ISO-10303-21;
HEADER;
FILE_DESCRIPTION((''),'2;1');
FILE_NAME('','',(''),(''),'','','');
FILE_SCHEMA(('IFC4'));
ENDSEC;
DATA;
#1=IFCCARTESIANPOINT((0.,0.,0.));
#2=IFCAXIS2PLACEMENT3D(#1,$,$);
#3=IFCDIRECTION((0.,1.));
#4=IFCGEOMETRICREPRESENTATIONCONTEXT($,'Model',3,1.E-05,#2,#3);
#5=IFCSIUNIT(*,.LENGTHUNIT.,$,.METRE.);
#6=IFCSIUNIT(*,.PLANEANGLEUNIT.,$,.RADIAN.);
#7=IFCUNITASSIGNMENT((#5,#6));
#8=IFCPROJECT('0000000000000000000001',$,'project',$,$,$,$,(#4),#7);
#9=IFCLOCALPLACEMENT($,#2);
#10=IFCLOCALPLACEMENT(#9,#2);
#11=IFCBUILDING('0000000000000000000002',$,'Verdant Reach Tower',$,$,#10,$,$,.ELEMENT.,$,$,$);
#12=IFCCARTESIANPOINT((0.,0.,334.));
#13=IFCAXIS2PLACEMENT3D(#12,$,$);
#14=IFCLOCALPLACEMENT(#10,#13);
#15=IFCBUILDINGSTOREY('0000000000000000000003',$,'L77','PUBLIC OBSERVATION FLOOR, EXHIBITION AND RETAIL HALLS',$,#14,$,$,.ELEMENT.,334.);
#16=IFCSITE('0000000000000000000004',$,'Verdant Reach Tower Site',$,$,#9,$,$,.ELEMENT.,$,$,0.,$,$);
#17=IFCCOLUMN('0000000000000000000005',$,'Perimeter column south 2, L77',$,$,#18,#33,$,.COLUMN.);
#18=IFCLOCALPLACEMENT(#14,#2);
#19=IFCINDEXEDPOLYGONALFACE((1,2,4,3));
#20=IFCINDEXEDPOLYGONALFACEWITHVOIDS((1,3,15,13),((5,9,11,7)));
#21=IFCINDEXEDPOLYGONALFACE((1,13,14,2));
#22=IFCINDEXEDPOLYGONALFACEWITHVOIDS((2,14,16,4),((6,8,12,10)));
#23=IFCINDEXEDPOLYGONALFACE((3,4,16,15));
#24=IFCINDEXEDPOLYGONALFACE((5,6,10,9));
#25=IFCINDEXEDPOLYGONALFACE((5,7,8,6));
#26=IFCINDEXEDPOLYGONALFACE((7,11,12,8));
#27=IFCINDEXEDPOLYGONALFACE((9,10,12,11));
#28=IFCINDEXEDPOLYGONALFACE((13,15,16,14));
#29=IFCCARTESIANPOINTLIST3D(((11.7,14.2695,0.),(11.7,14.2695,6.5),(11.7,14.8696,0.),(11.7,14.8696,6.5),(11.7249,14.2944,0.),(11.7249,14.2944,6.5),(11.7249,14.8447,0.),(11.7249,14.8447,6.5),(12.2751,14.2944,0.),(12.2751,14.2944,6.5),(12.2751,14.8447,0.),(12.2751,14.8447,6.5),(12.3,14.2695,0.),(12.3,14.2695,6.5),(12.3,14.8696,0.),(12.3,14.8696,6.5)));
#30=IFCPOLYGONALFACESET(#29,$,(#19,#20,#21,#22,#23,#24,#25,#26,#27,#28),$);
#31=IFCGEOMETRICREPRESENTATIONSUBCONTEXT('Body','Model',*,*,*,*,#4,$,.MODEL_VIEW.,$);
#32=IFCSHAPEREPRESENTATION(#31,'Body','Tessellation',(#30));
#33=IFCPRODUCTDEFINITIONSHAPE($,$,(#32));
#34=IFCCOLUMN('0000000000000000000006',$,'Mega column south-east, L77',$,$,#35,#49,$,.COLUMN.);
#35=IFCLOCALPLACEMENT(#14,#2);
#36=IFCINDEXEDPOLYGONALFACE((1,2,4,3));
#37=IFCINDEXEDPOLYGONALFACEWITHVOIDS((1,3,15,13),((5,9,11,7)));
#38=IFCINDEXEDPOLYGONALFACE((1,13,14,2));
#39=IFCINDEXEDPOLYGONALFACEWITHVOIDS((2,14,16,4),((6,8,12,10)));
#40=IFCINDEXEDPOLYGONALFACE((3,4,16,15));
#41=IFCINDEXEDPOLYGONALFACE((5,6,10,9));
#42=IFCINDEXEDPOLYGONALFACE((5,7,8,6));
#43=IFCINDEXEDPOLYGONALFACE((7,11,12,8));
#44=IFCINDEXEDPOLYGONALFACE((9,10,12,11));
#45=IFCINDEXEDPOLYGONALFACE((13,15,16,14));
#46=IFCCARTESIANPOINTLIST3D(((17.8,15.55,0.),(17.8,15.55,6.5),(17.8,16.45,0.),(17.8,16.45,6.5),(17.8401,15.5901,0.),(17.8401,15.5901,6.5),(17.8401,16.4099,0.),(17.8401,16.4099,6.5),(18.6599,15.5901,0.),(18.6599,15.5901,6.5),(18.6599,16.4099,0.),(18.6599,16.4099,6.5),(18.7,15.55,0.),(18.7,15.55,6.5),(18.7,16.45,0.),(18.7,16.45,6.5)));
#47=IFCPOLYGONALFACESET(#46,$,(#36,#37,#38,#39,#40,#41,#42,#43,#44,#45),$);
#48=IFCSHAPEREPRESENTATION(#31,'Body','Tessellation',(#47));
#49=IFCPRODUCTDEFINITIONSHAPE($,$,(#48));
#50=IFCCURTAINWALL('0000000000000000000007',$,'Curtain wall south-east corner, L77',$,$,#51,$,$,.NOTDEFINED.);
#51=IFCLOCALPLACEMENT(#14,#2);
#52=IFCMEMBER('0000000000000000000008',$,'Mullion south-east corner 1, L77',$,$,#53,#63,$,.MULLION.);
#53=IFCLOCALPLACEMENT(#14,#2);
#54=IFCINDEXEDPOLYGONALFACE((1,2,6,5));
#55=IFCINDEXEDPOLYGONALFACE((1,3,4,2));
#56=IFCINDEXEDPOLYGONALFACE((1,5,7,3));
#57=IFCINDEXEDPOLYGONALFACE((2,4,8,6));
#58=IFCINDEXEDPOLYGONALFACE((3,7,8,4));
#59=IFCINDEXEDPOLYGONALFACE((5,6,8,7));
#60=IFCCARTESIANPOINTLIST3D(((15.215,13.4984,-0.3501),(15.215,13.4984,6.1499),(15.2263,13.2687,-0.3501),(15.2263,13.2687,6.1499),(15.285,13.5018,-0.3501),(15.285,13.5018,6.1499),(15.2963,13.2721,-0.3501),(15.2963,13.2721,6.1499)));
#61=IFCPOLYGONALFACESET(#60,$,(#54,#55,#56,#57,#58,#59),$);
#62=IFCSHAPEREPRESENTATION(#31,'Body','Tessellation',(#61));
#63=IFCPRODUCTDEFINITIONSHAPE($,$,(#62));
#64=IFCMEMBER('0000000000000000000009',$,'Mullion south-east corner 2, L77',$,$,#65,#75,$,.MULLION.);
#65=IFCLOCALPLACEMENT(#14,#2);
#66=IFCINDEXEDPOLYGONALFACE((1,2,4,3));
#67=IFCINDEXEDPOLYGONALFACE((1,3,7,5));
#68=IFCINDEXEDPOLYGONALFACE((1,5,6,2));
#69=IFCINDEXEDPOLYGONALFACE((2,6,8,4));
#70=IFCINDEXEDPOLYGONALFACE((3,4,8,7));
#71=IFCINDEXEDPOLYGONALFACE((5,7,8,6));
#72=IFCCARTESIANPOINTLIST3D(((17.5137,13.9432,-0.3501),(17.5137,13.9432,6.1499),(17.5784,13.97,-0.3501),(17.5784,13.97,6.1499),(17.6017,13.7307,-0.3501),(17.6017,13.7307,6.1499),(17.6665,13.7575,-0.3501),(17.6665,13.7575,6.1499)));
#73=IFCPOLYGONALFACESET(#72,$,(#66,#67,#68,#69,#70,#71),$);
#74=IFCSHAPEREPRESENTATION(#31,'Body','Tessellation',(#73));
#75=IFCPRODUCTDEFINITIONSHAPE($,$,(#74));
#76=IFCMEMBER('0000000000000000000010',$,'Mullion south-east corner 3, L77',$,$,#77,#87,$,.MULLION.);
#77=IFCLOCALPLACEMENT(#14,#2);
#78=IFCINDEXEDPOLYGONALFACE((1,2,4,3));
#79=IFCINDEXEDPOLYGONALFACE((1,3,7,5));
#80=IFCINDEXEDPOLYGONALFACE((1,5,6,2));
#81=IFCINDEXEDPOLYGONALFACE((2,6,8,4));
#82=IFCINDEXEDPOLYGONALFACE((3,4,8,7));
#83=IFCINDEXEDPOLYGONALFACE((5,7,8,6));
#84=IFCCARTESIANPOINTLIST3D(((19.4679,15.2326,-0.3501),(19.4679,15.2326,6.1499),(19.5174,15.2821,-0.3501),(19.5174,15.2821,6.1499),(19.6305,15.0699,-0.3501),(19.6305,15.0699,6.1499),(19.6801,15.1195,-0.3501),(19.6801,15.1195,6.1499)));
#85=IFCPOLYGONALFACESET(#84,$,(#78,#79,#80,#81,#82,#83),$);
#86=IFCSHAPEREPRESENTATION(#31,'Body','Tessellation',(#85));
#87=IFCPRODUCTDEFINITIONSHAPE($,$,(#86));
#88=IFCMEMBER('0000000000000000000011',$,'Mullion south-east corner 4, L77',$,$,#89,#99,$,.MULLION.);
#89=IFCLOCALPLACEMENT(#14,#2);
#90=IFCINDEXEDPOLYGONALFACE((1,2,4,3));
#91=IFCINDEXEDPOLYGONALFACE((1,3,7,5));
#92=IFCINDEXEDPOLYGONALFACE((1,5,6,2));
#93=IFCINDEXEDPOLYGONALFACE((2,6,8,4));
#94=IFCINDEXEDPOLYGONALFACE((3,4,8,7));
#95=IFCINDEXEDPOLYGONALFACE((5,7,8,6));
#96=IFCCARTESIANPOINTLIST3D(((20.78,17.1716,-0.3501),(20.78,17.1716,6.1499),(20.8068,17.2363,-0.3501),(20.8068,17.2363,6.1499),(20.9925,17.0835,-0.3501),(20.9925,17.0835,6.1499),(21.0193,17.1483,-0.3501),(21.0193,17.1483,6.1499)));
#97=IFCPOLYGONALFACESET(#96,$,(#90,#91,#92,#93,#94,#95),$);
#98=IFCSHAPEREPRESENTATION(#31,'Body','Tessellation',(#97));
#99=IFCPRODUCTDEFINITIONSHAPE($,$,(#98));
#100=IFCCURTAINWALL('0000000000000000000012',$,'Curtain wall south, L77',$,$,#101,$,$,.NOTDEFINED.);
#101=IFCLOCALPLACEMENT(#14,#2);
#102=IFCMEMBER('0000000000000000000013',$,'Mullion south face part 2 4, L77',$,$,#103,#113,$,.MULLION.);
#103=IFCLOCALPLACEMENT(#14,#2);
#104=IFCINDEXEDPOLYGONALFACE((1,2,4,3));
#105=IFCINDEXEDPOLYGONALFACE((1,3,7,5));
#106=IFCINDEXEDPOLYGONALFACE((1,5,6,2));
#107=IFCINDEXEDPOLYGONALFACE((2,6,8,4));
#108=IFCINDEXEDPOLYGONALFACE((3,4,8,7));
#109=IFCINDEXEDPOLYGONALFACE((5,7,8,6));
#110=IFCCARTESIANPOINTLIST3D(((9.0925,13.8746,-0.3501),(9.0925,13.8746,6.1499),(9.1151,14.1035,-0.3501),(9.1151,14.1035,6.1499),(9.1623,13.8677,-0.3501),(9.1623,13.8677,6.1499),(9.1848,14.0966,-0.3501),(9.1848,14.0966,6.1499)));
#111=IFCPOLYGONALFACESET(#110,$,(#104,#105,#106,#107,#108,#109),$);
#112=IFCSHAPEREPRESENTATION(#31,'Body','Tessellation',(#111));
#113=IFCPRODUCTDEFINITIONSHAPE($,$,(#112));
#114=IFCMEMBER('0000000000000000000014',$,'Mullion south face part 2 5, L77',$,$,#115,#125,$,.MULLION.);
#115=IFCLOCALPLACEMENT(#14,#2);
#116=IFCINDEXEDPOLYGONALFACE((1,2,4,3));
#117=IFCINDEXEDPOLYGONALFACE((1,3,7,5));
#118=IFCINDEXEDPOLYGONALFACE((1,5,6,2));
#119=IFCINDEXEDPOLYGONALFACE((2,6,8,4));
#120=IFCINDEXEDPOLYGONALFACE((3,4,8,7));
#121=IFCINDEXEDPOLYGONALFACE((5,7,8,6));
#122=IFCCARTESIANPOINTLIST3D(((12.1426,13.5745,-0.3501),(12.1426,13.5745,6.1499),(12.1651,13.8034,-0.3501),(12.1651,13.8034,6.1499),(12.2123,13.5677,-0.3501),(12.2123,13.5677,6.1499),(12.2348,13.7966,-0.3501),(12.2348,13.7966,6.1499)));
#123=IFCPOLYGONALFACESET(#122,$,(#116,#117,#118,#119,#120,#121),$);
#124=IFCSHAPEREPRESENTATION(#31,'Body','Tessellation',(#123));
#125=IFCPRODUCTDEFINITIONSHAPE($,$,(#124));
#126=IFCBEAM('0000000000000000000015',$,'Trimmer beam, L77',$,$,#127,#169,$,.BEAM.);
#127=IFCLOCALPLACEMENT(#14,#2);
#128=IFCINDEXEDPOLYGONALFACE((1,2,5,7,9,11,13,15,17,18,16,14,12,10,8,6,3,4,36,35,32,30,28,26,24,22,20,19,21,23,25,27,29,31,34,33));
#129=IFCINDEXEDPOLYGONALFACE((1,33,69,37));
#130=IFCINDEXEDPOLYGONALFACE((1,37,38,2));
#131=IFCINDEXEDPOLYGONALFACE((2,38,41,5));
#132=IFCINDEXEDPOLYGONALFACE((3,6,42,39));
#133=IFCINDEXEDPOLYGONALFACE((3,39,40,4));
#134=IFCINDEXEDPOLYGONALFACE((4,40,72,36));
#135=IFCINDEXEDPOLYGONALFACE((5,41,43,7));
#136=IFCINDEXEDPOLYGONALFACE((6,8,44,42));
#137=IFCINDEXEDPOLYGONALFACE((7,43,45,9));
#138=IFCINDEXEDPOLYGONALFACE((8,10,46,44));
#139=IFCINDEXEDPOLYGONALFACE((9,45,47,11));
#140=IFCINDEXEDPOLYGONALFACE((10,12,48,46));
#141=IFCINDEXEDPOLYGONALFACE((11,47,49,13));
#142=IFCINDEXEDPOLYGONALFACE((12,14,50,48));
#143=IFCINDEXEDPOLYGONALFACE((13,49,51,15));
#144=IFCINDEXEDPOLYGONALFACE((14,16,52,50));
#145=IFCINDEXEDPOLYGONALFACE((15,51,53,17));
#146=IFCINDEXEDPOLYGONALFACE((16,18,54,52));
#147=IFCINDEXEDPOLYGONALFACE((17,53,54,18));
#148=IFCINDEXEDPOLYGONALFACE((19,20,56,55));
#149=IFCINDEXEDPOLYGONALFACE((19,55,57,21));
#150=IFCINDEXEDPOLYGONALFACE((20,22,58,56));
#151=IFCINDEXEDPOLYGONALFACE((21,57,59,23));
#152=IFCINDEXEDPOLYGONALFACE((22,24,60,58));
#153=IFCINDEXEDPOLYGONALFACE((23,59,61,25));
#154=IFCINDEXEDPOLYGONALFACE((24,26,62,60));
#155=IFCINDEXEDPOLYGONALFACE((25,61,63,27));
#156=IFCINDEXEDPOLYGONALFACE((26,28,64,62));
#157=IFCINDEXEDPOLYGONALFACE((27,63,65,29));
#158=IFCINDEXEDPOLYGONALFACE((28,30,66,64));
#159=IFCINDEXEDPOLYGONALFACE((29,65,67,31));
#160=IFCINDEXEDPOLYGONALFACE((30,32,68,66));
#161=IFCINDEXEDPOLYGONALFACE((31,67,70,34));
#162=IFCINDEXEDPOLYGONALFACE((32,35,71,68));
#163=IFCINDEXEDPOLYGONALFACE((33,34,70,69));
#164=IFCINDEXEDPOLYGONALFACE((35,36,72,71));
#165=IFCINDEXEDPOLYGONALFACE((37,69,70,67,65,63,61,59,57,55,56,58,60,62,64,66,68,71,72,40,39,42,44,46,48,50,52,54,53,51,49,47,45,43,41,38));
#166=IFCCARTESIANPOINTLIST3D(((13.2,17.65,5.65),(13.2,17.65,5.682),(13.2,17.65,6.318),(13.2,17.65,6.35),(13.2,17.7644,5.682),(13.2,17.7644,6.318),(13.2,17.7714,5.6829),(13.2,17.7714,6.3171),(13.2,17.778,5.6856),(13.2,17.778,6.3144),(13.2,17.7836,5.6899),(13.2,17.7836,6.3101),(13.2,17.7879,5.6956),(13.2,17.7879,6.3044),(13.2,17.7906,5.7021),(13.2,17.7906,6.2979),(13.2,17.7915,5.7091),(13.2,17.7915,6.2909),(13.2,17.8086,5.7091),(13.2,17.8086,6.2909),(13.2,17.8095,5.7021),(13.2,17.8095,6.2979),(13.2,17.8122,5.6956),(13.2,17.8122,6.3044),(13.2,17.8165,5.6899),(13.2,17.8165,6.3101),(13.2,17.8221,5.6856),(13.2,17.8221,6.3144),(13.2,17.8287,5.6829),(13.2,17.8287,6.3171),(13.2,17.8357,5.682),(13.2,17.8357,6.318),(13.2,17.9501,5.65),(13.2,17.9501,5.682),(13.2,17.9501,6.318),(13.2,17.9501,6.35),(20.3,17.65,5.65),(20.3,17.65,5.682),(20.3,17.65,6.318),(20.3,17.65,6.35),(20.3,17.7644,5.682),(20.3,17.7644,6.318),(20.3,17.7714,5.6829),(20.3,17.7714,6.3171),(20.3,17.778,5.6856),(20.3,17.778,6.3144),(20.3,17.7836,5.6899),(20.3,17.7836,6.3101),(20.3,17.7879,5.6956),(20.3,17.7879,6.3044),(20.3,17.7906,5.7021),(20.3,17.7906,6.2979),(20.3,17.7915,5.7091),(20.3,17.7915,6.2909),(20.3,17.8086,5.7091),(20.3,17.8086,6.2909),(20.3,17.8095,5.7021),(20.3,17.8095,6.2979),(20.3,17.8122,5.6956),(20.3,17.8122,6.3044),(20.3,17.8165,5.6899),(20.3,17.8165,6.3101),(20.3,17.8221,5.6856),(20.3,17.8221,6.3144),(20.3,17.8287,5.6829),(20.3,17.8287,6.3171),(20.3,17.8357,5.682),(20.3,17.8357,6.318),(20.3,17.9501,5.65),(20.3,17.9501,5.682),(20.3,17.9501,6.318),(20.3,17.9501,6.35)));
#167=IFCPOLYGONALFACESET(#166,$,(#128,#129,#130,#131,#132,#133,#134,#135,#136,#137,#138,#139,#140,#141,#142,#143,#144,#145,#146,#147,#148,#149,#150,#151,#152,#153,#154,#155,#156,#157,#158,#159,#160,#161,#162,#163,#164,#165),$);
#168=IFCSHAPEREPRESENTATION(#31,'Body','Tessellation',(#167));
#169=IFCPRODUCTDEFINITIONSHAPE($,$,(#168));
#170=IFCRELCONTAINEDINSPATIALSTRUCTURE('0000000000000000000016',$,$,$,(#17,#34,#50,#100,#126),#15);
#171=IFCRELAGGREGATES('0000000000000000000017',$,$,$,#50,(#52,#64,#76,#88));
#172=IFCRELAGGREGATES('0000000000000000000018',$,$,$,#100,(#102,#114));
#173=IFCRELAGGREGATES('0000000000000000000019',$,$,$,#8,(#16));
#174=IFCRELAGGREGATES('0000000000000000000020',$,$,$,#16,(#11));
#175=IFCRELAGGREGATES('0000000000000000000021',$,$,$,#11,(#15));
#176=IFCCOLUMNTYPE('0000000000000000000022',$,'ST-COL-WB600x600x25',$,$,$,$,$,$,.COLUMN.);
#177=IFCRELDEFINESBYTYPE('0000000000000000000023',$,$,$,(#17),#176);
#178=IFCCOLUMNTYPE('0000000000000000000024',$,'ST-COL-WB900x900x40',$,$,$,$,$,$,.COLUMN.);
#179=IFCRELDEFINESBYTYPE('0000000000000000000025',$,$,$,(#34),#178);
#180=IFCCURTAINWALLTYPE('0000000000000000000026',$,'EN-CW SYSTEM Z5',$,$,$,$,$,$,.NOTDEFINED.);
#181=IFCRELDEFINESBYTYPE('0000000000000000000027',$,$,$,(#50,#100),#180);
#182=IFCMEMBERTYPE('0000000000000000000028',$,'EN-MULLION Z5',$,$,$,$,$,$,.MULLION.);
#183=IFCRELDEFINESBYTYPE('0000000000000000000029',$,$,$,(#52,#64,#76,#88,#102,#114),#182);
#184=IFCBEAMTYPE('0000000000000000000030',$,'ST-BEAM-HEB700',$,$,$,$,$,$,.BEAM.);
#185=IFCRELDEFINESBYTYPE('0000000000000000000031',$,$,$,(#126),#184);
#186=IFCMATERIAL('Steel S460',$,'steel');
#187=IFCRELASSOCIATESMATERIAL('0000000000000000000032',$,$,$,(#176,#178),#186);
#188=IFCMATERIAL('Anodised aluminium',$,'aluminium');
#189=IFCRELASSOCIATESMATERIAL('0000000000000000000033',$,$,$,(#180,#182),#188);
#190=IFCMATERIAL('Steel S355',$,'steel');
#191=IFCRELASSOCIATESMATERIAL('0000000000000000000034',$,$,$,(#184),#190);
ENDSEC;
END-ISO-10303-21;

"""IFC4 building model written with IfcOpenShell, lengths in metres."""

from ifc_helpers import new_model, si_unit, direction, frame, origin, origin_2d, place, context, subcontext, project, spatial, rectangle, hollow_rectangle, i_section, extrude, material, material_profile, profile_set, type_object, element, aggregate, save


model = new_model("IFC4")

# Units and contexts
model_context = context("Model", 3, precision=1e-05, world=origin(), true_north=direction((0.0, 1.0)))
body_context = subcontext(model_context, "Body", "Model", "MODEL_VIEW")
ifc_project = project(units=[si_unit("LENGTHUNIT", "METRE"), si_unit("PLANEANGLEUNIT", "RADIAN")], contexts=[model_context])

# Site, building, storey
site_placement = place(None, origin())
site = spatial("IfcSite", under=ifc_project, at=site_placement, Name="Verdant Reach Tower Site", CompositionType="ELEMENT", RefElevation=0.0)
building_placement = place(site_placement, origin())
building = spatial("IfcBuilding", under=site, at=building_placement, Name="Verdant Reach Tower", CompositionType="ELEMENT")
storey_placement = place(building_placement, frame((0.0, 0.0, 334.0)))
storey = spatial("IfcBuildingStorey", under=building, at=storey_placement, Name="L77", Description="PUBLIC OBSERVATION FLOOR, EXHIBITION AND RETAIL HALLS", CompositionType="ELEMENT", Elevation=334.0)

# Columns
ifc_material_1 = material(Name="Steel S460", Category="steel")
ifc_material_profile_1 = material_profile(ifc_material_1, hollow_rectangle(XDim=0.6001, YDim=0.6001, WallThickness=0.0249, at=origin_2d()), Name="WB 600x600x25")
ifc_profile_set_1 = profile_set([ifc_material_profile_1], Name="Steel S460")
column_type_1 = type_object("IfcColumnType", Name="ST-COL-WB600x600x25", PredefinedType="COLUMN", material=ifc_profile_set_1)
column_1_placement = place(storey_placement, frame((12.0, 14.5696, 0.0), z_axis=(0.0, 0.0, 1.0), x_axis=(1.0, 0.0, 0.0)))
element("IfcColumn", 1, at=column_1_placement, inside=storey, type_object=column_type_1, Name="Perimeter column south 2, L77", PredefinedType="COLUMN", context=body_context, shape_type="SweptSolid", body=[
    extrude(hollow_rectangle(XDim=0.6001, YDim=0.6001, WallThickness=0.0249, at=origin_2d()), origin(), (0.0, 0.0, 1.0), 6.5),
])
ifc_material_profile_2 = material_profile(ifc_material_1, hollow_rectangle(XDim=0.8999, YDim=0.8999, WallThickness=0.04, at=origin_2d()), Name="WB 900x900x40")
ifc_profile_set_2 = profile_set([ifc_material_profile_2], Name="Steel S460")
column_type_2 = type_object("IfcColumnType", Name="ST-COL-WB900x900x40", PredefinedType="COLUMN", material=ifc_profile_set_2)
column_2_placement = place(storey_placement, frame((18.25, 16.0, 0.0), z_axis=(0.0, 0.0, 1.0), x_axis=(1.0, 0.0, 0.0)))
element("IfcColumn", 2, at=column_2_placement, inside=storey, type_object=column_type_2, Name="Mega column south-east, L77", PredefinedType="COLUMN", context=body_context, shape_type="SweptSolid", body=[
    extrude(hollow_rectangle(XDim=0.8999, YDim=0.8999, WallThickness=0.04, at=origin_2d()), origin(), (0.0, 0.0, 1.0), 6.5),
])

# Curtain walls, members
ifc_material_2 = material(Name="Anodised aluminium", Category="aluminium")
curtain_wall_type = type_object("IfcCurtainWallType", Name="EN-CW SYSTEM Z5", PredefinedType="NOTDEFINED", material=ifc_material_2)
curtain_wall_1_placement = place(storey_placement, origin())
curtain_wall_1 = element("IfcCurtainWall", 3, at=curtain_wall_1_placement, inside=storey, type_object=curtain_wall_type, Name="Curtain wall south-east corner, L77", PredefinedType="NOTDEFINED")
ifc_material_profile_3 = material_profile(ifc_material_2, rectangle(XDim=0.23, YDim=0.0701, at=origin_2d()), Name="Mullion 70x230")
ifc_profile_set_3 = profile_set([ifc_material_profile_3], Name="Anodised aluminium")
member_type = type_object("IfcMemberType", Name="EN-MULLION Z5", PredefinedType="MULLION", material=ifc_profile_set_3)
member_1_placement = place(storey_placement, frame((15.2556, 13.3853, -0.3501), z_axis=(0.0, 0.0, 1.0), x_axis=(0.049128, -0.998793, 0.0)))
member_1 = element("IfcMember", 4, at=member_1_placement, type_object=member_type, Name="Mullion south-east corner 1, L77", PredefinedType="MULLION", context=body_context, shape_type="SweptSolid", body=[
    extrude(rectangle(XDim=0.23, YDim=0.0701, at=origin_2d()), origin(), (0.0, 0.0, 1.0), 6.5),
])
member_2_placement = place(storey_placement, frame((17.5901, 13.8503, -0.3501), z_axis=(0.0, 0.0, 1.0), x_axis=(0.382694, -0.923875, 0.0)))
member_2 = element("IfcMember", 5, at=member_2_placement, type_object=member_type, Name="Mullion south-east corner 2, L77", PredefinedType="MULLION", context=body_context, shape_type="SweptSolid", body=[
    extrude(rectangle(XDim=0.23, YDim=0.0701, at=origin_2d()), origin(), (0.0, 0.0, 1.0), 6.5),
])
member_3_placement = place(storey_placement, frame((19.574, 15.176, -0.3501), z_axis=(0.0, 0.0, 1.0), x_axis=(0.707107, -0.707107, 0.0)))
member_3 = element("IfcMember", 6, at=member_3_placement, type_object=member_type, Name="Mullion south-east corner 3, L77", PredefinedType="MULLION", context=body_context, shape_type="SweptSolid", body=[
    extrude(rectangle(XDim=0.23, YDim=0.0701, at=origin_2d()), origin(), (0.0, 0.0, 1.0), 6.5),
])
member_4_placement = place(storey_placement, frame((20.8997, 17.1599, -0.3501), z_axis=(0.0, 0.0, 1.0), x_axis=(0.923875, -0.382694, 0.0)))
member_4 = element("IfcMember", 7, at=member_4_placement, type_object=member_type, Name="Mullion south-east corner 4, L77", PredefinedType="MULLION", context=body_context, shape_type="SweptSolid", body=[
    extrude(rectangle(XDim=0.23, YDim=0.0701, at=origin_2d()), origin(), (0.0, 0.0, 1.0), 6.5),
])
curtain_wall_2_placement = place(storey_placement, origin())
curtain_wall_2 = element("IfcCurtainWall", 8, at=curtain_wall_2_placement, inside=storey, type_object=curtain_wall_type, Name="Curtain wall south, L77", PredefinedType="NOTDEFINED")
member_5_placement = place(storey_placement, frame((9.1387, 13.9856, -0.3501), z_axis=(0.0, 0.0, 1.0), x_axis=(-0.097888, -0.995197, 0.0)))
member_5 = element("IfcMember", 9, at=member_5_placement, type_object=member_type, Name="Mullion south face part 2 4, L77", PredefinedType="MULLION", context=body_context, shape_type="SweptSolid", body=[
    extrude(rectangle(XDim=0.23, YDim=0.0701, at=origin_2d()), origin(), (0.0, 0.0, 1.0), 6.5),
])
member_6_placement = place(storey_placement, frame((12.1887, 13.6855, -0.3501), z_axis=(0.0, 0.0, 1.0), x_axis=(-0.097888, -0.995197, 0.0)))
member_6 = element("IfcMember", 10, at=member_6_placement, type_object=member_type, Name="Mullion south face part 2 5, L77", PredefinedType="MULLION", context=body_context, shape_type="SweptSolid", body=[
    extrude(rectangle(XDim=0.23, YDim=0.0701, at=origin_2d()), origin(), (0.0, 0.0, 1.0), 6.5),
])

# Beam
ifc_material_3 = material(Name="Steel S355", Category="steel")
ifc_material_profile_4 = material_profile(ifc_material_3, i_section(OverallWidth=0.3, OverallDepth=0.7, WebThickness=0.0171, FlangeThickness=0.032, FilletRadius=0.0271, at=origin_2d()), Name="HEB 700")
ifc_profile_set_4 = profile_set([ifc_material_profile_4], Name="Steel S355")
beam_type_1 = type_object("IfcBeamType", Name="ST-BEAM-HEB700", PredefinedType="BEAM", material=ifc_profile_set_4)
beam_1_placement = place(storey_placement, frame((13.2, 17.8, 6.0), z_axis=(1.0, 0.0, 0.0), x_axis=(0.0, 1.0, 0.0)))
element("IfcBeam", 11, at=beam_1_placement, inside=storey, type_object=beam_type_1, Name="Trimmer beam, L77", PredefinedType="BEAM", context=body_context, shape_type="SweptSolid", body=[
    extrude(i_section(OverallWidth=0.3, OverallDepth=0.7, WebThickness=0.0171, FlangeThickness=0.032, FilletRadius=0.0271, at=origin_2d()), origin(), (0.0, 0.0, 1.0), 7.1001),
])

aggregate(curtain_wall_1, [member_1, member_2, member_3, member_4])
aggregate(curtain_wall_2, [member_5, member_6])

save(model, "model.ifc")
